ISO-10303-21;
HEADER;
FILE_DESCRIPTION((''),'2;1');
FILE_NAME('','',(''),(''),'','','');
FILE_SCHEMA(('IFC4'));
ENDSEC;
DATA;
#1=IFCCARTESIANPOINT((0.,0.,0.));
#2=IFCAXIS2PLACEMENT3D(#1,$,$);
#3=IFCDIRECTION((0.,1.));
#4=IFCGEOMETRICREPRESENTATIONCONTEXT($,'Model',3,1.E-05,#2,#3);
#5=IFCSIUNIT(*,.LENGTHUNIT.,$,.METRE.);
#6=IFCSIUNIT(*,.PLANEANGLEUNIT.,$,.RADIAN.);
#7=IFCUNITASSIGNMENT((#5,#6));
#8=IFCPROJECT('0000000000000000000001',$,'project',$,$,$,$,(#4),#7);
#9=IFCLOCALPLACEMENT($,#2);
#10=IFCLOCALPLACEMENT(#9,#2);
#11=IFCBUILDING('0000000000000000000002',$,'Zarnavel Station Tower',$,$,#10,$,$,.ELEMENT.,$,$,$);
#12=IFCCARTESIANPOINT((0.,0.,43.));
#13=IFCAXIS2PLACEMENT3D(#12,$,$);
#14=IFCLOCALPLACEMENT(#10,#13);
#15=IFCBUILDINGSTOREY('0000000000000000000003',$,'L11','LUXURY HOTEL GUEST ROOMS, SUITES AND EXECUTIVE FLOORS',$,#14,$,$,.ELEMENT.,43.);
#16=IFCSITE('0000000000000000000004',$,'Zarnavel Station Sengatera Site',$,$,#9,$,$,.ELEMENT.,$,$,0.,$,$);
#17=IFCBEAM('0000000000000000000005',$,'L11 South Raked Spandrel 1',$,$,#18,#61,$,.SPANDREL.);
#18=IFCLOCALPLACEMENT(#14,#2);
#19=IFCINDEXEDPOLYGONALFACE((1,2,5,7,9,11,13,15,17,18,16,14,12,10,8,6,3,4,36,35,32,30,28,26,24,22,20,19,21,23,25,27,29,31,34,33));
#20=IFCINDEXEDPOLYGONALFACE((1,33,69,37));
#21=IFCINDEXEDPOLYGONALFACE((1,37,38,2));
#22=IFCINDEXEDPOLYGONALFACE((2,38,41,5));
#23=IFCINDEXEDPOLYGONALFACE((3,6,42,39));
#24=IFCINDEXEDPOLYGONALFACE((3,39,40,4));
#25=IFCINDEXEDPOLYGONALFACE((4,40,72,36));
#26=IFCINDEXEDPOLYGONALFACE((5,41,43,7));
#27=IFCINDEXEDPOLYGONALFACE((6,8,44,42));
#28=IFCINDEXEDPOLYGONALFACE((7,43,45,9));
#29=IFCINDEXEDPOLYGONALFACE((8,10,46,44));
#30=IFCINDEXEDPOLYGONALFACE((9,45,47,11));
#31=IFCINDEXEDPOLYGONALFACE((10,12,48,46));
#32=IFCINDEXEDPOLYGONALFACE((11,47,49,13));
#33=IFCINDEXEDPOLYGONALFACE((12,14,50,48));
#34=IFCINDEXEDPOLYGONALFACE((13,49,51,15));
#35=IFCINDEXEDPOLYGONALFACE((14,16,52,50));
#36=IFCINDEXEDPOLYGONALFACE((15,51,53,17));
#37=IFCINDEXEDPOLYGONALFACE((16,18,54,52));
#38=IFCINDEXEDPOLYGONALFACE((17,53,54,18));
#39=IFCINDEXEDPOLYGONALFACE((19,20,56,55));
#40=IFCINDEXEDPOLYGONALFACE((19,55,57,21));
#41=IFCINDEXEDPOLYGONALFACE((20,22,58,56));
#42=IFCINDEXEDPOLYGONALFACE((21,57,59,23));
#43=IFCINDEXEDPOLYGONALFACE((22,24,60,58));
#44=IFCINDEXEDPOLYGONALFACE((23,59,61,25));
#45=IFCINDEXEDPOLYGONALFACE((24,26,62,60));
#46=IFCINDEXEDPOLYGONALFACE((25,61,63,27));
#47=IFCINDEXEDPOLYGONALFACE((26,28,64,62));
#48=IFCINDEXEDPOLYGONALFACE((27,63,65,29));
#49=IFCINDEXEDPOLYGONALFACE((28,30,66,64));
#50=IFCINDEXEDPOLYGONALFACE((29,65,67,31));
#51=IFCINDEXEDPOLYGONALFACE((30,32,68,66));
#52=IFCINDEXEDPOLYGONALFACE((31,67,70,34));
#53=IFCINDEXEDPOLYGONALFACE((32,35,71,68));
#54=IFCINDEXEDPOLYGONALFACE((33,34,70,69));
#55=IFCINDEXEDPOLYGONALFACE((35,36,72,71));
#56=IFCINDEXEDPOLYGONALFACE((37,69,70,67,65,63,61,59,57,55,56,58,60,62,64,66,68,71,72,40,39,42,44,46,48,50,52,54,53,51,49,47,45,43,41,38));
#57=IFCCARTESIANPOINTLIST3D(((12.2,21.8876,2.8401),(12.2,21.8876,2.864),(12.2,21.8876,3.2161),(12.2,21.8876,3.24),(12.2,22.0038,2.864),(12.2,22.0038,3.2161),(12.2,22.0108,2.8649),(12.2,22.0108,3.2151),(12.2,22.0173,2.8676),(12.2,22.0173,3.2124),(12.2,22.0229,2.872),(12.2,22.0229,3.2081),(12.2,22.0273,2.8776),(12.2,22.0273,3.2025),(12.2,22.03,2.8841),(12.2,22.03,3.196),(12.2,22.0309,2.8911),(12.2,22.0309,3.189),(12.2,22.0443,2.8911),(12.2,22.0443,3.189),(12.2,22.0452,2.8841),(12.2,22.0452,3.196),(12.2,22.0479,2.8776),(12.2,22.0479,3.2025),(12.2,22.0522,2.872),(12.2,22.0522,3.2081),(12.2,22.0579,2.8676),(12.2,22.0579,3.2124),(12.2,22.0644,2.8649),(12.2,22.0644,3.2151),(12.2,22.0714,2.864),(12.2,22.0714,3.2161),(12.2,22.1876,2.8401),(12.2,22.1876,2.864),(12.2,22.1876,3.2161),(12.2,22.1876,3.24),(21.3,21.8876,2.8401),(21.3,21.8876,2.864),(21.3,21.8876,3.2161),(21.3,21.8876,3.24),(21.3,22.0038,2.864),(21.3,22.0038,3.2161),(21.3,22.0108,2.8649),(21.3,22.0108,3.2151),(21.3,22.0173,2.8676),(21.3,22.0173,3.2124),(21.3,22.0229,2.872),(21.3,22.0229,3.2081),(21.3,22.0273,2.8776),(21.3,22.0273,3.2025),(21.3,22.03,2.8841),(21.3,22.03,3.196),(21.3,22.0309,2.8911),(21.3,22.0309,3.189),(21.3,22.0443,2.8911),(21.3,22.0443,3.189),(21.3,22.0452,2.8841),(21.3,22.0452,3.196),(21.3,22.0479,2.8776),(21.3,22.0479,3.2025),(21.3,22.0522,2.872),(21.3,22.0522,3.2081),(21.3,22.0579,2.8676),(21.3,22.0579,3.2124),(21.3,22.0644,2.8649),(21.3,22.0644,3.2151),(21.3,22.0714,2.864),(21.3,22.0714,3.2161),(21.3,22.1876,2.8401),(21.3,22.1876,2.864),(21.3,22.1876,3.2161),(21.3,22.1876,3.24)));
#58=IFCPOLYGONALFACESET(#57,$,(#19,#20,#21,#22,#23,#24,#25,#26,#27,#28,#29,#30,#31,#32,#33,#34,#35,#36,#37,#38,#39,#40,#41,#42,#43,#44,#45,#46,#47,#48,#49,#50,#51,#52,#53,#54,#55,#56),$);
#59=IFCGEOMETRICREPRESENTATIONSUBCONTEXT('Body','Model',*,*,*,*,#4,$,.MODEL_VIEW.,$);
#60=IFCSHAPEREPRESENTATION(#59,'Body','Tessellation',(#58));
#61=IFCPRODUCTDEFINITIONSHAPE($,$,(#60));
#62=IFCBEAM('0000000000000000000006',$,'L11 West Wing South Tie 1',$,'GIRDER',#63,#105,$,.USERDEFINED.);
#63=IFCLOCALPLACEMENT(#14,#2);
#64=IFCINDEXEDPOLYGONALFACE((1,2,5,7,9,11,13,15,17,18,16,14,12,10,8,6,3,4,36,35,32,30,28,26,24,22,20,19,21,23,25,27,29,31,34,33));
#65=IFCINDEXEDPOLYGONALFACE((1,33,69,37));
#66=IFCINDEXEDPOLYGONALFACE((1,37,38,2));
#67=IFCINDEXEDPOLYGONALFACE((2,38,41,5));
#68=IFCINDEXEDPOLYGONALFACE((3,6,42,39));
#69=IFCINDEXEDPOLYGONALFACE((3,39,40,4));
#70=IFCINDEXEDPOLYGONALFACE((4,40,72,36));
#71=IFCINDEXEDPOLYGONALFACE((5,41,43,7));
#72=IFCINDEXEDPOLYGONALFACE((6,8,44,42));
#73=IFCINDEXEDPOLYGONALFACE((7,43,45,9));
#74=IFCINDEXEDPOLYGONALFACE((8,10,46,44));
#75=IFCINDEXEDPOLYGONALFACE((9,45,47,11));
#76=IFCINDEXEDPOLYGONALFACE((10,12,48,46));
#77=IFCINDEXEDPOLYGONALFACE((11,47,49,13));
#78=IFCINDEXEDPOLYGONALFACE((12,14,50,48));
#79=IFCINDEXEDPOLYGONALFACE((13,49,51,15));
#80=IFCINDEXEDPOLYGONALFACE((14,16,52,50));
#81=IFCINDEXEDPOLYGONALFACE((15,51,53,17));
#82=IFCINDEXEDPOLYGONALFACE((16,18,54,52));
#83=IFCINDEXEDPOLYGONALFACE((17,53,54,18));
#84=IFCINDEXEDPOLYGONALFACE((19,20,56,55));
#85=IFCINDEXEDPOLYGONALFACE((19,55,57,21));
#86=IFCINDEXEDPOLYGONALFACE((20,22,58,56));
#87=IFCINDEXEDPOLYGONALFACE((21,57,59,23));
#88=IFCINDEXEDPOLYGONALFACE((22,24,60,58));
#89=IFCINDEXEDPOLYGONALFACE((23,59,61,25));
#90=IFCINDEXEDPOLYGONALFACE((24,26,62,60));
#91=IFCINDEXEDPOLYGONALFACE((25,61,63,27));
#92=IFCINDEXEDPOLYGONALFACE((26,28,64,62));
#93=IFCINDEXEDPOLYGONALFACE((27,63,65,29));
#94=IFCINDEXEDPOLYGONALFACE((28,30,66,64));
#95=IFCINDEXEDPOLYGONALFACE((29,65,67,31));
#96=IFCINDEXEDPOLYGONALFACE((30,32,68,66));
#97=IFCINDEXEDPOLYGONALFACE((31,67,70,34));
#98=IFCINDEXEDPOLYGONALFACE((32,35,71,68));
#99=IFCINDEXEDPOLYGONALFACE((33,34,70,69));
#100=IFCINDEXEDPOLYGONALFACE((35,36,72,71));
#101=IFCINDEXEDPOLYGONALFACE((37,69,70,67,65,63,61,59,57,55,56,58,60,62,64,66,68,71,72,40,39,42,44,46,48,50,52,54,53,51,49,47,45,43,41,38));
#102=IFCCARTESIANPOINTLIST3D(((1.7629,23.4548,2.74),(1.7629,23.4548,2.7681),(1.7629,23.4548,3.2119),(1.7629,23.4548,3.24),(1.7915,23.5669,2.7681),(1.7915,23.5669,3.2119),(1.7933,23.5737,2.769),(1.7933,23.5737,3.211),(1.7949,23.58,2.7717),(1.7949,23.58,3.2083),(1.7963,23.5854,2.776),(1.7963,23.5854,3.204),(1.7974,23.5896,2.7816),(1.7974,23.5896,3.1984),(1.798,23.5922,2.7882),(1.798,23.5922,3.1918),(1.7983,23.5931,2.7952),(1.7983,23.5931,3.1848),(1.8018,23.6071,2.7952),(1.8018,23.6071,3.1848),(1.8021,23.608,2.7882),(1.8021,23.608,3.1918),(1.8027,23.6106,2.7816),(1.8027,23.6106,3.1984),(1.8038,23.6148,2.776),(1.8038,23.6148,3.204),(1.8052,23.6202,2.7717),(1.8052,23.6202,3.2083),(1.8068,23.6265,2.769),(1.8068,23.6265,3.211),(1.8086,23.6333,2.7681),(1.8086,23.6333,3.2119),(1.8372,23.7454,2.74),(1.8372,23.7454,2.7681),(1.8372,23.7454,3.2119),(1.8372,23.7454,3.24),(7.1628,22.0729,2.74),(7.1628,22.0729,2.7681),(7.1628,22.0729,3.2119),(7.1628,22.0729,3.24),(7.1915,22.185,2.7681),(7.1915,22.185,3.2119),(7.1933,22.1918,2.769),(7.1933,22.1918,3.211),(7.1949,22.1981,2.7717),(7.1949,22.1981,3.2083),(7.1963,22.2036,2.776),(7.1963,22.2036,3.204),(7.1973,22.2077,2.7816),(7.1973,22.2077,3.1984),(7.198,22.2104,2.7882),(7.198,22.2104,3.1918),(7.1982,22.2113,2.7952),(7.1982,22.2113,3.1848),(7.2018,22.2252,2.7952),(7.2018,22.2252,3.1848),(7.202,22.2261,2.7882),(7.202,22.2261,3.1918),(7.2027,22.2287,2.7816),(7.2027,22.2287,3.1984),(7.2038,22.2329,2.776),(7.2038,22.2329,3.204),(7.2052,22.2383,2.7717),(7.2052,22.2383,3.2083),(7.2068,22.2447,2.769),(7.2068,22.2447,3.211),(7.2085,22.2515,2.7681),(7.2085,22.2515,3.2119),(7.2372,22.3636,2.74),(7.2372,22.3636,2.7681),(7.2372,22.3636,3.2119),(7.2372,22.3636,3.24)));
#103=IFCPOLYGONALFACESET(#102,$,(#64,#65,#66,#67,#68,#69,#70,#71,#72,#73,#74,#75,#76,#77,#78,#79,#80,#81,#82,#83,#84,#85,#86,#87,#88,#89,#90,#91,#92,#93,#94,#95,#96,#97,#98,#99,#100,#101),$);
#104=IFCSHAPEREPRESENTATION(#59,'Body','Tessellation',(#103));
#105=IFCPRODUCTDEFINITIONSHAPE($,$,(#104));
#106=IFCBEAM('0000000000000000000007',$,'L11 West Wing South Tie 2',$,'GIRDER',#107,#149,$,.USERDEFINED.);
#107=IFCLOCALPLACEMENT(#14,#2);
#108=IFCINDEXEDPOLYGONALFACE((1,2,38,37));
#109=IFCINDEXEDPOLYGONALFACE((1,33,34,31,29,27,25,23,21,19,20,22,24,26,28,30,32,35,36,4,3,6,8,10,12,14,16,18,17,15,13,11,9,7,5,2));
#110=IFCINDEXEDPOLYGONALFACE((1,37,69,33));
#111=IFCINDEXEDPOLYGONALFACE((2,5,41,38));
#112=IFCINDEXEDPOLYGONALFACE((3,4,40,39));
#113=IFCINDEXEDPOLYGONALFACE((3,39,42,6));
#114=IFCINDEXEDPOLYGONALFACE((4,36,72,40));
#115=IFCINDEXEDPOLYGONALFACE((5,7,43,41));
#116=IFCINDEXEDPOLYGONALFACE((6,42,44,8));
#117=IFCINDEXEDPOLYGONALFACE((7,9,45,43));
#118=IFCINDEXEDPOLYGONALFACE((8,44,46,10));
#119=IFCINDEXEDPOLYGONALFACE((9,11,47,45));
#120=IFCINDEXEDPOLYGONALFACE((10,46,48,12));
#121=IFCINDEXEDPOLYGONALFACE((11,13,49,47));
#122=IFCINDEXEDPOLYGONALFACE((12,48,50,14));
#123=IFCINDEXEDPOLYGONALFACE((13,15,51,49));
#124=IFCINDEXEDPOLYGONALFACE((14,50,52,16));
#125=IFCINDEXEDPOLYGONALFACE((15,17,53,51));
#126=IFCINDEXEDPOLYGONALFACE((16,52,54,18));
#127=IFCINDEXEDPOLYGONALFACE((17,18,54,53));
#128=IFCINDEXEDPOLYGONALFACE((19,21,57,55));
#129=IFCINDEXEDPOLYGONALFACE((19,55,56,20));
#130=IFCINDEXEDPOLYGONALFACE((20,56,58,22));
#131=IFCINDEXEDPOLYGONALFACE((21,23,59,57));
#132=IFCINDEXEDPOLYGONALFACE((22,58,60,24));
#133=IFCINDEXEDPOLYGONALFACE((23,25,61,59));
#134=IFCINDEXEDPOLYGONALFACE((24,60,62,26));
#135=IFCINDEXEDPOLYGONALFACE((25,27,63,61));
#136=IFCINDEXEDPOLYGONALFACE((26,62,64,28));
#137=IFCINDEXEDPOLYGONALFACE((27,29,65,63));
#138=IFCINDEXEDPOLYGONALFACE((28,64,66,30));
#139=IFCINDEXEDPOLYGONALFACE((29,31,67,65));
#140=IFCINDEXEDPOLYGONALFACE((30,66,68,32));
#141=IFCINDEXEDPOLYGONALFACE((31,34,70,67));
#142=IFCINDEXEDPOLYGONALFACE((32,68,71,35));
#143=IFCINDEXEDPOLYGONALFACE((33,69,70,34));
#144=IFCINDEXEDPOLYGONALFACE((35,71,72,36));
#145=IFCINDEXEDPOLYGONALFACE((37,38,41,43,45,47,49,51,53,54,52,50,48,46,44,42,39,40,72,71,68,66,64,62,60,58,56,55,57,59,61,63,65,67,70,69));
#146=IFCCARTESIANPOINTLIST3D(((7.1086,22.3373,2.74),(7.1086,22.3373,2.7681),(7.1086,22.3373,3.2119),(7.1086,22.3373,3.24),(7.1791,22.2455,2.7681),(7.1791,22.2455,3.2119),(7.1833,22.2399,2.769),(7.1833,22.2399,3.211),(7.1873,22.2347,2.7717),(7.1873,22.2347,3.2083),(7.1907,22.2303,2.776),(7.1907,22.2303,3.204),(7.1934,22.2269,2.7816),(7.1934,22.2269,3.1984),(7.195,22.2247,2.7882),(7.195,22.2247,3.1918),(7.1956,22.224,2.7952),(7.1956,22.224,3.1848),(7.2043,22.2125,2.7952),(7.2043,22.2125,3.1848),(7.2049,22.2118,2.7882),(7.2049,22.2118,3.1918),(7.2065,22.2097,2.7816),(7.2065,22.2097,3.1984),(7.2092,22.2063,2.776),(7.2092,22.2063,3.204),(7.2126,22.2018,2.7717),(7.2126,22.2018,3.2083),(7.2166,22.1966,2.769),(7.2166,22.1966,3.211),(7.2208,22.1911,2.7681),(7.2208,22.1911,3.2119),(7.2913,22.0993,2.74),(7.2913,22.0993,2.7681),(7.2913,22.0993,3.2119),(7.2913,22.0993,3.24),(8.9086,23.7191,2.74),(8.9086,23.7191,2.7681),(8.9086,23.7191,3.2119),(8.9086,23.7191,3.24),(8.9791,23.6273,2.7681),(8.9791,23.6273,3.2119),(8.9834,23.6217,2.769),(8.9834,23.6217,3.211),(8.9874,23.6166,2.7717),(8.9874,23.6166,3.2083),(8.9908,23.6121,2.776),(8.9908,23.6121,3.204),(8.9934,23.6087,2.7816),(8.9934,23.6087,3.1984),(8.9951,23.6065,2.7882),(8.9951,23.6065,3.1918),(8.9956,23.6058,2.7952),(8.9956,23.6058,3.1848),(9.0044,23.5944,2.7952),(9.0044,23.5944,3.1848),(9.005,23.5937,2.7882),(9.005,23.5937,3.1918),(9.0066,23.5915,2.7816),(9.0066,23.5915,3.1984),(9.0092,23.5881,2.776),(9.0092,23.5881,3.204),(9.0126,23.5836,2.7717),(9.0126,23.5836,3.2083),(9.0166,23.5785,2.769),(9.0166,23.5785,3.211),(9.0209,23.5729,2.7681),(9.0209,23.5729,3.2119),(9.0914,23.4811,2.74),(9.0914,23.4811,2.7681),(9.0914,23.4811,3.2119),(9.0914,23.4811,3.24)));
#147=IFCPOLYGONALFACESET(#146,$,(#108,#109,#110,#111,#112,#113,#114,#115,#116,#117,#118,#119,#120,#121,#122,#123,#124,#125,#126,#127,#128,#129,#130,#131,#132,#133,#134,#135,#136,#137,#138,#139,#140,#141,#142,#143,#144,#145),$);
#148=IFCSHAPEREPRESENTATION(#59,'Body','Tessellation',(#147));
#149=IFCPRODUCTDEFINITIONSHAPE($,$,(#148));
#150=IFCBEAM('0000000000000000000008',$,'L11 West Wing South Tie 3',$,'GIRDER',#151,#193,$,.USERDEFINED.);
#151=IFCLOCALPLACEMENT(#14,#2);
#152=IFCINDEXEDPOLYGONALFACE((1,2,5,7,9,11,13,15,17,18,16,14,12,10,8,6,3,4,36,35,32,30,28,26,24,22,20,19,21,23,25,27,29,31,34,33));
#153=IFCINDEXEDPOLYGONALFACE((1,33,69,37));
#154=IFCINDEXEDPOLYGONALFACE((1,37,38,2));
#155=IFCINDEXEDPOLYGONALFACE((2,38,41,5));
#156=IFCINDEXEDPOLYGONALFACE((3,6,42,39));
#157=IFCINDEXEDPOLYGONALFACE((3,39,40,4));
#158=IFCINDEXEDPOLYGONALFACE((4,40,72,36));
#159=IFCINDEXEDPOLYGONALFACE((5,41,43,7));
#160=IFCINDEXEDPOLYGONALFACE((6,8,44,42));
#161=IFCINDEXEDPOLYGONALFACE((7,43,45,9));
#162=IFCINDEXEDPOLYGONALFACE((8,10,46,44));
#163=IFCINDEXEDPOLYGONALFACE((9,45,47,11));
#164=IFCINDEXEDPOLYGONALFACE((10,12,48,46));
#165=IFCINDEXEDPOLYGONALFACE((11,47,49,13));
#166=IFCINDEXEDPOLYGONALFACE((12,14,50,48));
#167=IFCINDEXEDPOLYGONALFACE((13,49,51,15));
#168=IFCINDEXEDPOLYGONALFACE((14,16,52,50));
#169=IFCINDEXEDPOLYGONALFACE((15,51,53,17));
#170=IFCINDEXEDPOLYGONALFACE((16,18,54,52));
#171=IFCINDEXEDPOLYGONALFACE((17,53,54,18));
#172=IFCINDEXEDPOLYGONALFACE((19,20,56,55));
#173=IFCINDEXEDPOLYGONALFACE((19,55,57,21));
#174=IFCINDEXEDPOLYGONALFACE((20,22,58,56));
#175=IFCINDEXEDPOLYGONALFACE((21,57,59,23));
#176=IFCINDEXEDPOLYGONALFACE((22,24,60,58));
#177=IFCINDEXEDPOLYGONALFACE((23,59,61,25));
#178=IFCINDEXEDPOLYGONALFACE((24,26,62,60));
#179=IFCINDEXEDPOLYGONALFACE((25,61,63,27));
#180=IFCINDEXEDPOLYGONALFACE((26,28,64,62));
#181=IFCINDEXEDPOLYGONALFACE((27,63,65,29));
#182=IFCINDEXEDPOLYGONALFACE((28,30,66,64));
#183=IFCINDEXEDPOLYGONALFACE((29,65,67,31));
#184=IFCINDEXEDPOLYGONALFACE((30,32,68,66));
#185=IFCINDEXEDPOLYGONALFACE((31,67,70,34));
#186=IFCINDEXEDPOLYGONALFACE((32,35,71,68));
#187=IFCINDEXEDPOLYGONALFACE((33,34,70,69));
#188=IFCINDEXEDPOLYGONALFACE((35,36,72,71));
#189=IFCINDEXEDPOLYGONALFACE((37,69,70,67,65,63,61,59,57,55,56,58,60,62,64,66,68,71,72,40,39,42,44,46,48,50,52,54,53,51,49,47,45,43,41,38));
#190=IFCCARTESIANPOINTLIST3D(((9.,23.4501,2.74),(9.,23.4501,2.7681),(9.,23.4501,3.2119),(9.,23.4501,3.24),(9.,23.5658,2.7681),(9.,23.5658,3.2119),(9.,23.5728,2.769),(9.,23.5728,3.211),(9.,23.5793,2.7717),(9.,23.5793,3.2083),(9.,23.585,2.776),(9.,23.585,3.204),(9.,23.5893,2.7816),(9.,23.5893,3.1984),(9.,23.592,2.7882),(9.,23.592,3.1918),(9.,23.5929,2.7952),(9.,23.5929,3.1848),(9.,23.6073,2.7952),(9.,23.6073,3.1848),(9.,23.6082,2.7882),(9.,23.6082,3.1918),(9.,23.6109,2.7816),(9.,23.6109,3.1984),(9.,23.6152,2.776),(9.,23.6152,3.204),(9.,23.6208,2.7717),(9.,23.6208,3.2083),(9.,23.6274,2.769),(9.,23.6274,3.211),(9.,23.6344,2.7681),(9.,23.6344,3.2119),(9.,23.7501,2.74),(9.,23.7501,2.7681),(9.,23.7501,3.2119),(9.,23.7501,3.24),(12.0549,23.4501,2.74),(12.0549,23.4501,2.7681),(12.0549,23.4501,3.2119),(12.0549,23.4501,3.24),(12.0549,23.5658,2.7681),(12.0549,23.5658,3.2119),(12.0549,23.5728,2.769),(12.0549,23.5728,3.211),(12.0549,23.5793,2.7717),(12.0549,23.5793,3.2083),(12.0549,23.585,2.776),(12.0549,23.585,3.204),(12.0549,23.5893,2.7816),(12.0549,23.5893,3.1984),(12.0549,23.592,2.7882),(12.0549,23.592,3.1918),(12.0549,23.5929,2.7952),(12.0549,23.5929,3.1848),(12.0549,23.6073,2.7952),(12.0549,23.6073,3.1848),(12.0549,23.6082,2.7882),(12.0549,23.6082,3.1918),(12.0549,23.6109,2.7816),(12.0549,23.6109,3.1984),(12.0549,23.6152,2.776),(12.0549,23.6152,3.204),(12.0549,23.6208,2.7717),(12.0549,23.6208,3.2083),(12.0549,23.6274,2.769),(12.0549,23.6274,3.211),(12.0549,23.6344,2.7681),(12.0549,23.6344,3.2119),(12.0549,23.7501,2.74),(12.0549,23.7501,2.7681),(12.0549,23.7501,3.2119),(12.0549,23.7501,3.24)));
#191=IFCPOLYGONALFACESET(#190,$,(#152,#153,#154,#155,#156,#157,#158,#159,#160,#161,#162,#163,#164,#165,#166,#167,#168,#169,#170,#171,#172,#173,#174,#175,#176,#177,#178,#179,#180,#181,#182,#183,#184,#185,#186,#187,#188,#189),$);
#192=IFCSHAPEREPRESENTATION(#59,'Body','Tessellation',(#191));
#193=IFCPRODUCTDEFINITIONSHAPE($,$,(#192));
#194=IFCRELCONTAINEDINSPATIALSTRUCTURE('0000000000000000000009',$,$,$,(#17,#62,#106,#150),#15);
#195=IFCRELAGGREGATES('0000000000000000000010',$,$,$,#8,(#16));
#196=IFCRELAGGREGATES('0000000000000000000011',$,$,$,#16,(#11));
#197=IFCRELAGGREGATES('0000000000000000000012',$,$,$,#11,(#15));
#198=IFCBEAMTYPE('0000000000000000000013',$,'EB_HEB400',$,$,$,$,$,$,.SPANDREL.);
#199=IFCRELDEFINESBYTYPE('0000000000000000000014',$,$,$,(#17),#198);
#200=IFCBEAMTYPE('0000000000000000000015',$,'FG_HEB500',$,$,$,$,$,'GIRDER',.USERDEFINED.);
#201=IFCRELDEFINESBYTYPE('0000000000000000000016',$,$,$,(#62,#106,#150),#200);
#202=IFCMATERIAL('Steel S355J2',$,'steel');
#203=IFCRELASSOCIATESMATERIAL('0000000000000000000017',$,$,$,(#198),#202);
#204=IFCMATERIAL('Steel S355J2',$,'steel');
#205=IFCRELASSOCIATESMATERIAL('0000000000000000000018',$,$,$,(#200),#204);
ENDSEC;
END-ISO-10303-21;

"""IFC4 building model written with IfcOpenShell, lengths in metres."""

from ifc_helpers import new_model, si_unit, direction, frame, origin, origin_2d, place, context, subcontext, project, spatial, i_section, extrude, material, material_profile, profile_set, type_object, element, save


model = new_model("IFC4")

# Units and contexts
model_context = context("Model", 3, precision=1e-05, world=origin(), true_north=direction((0.0, 1.0)))
body_context = subcontext(model_context, "Body", "Model", "MODEL_VIEW")
ifc_project = project(units=[si_unit("LENGTHUNIT", "METRE"), si_unit("PLANEANGLEUNIT", "RADIAN")], contexts=[model_context])

# Site, building, storey
site_placement = place(None, origin())
site = spatial("IfcSite", under=ifc_project, at=site_placement, Name="Zarnavel Station Sengatera Site", CompositionType="ELEMENT", RefElevation=0.0)
building_placement = place(site_placement, origin())
building = spatial("IfcBuilding", under=site, at=building_placement, Name="Zarnavel Station Tower", CompositionType="ELEMENT")
storey_placement = place(building_placement, frame((0.0, 0.0, 43.0)))
storey = spatial("IfcBuildingStorey", under=building, at=storey_placement, Name="L11", Description="LUXURY HOTEL GUEST ROOMS, SUITES AND EXECUTIVE FLOORS", CompositionType="ELEMENT", Elevation=43.0)

# Beams
ifc_material_1 = material(Name="Steel S355J2", Category="steel")
ifc_material_profile_1 = material_profile(ifc_material_1, i_section(OverallWidth=0.3, OverallDepth=0.3999, WebThickness=0.0134, FlangeThickness=0.0239, FilletRadius=0.0271, at=origin_2d()), Name="HEB400")
ifc_profile_set_1 = profile_set([ifc_material_profile_1], Name="Steel S355J2")
beam_type_1 = type_object("IfcBeamType", Name="EB_HEB400", PredefinedType="SPANDREL", material=ifc_profile_set_1)
beam_1_placement = place(storey_placement, frame((12.2, 22.0376, 3.04), z_axis=(1.0, 0.0, 0.0), x_axis=(0.0, 1.0, 0.0)))
element("IfcBeam", 1, at=beam_1_placement, inside=storey, type_object=beam_type_1, Name="L11 South Raked Spandrel 1", PredefinedType="SPANDREL", context=body_context, shape_type="SweptSolid", body=[
    extrude(i_section(OverallWidth=0.3, OverallDepth=0.3999, WebThickness=0.0134, FlangeThickness=0.0239, FilletRadius=0.0271, at=origin_2d()), origin(), (0.0, 0.0, 1.0), 9.1001),
])
ifc_material_2 = material(Name="Steel S355J2", Category="steel")
ifc_material_profile_2 = material_profile(ifc_material_2, i_section(OverallWidth=0.3, OverallDepth=0.5, WebThickness=0.0144, FlangeThickness=0.0281, FilletRadius=0.0271, at=origin_2d()), Name="HEB500")
ifc_profile_set_2 = profile_set([ifc_material_profile_2], Name="Steel S355J2")
beam_type_2 = type_object("IfcBeamType", Name="FG_HEB500", ElementType="GIRDER", PredefinedType="USERDEFINED", material=ifc_profile_set_2)
beam_2_placement = place(storey_placement, frame((1.8, 23.6001, 2.99), z_axis=(0.968783, -0.247912, 0.0), x_axis=(0.247912, 0.968783, 0.0)))
element("IfcBeam", 2, at=beam_2_placement, inside=storey, type_object=beam_type_2, Name="L11 West Wing South Tie 1", ObjectType="GIRDER", PredefinedType="USERDEFINED", context=body_context, shape_type="SweptSolid", body=[
    extrude(i_section(OverallWidth=0.3, OverallDepth=0.5, WebThickness=0.0144, FlangeThickness=0.0281, FilletRadius=0.0271, at=origin_2d()), origin(), (0.0, 0.0, 1.0), 5.574),
])
beam_3_placement = place(storey_placement, frame((7.2, 22.2183, 2.99), z_axis=(0.793224, 0.608931, 0.0), x_axis=(-0.608931, 0.793224, 0.0)))
element("IfcBeam", 3, at=beam_3_placement, inside=storey, type_object=beam_type_2, Name="L11 West Wing South Tie 2", ObjectType="GIRDER", PredefinedType="USERDEFINED", context=body_context, shape_type="SweptSolid", body=[
    extrude(i_section(OverallWidth=0.3, OverallDepth=0.5, WebThickness=0.0144, FlangeThickness=0.0281, FilletRadius=0.0271, at=origin_2d()), origin(), (0.0, 0.0, 1.0), 2.2693),
])
beam_4_placement = place(storey_placement, frame((9.0, 23.6001, 2.99), z_axis=(1.0, 0.0, 0.0), x_axis=(0.0, 1.0, 0.0)))
element("IfcBeam", 4, at=beam_4_placement, inside=storey, type_object=beam_type_2, Name="L11 West Wing South Tie 3", ObjectType="GIRDER", PredefinedType="USERDEFINED", context=body_context, shape_type="SweptSolid", body=[
    extrude(i_section(OverallWidth=0.3, OverallDepth=0.5, WebThickness=0.0144, FlangeThickness=0.0281, FilletRadius=0.0271, at=origin_2d()), origin(), (0.0, 0.0, 1.0), 3.0549),
])

save(model, "model.ifc")
